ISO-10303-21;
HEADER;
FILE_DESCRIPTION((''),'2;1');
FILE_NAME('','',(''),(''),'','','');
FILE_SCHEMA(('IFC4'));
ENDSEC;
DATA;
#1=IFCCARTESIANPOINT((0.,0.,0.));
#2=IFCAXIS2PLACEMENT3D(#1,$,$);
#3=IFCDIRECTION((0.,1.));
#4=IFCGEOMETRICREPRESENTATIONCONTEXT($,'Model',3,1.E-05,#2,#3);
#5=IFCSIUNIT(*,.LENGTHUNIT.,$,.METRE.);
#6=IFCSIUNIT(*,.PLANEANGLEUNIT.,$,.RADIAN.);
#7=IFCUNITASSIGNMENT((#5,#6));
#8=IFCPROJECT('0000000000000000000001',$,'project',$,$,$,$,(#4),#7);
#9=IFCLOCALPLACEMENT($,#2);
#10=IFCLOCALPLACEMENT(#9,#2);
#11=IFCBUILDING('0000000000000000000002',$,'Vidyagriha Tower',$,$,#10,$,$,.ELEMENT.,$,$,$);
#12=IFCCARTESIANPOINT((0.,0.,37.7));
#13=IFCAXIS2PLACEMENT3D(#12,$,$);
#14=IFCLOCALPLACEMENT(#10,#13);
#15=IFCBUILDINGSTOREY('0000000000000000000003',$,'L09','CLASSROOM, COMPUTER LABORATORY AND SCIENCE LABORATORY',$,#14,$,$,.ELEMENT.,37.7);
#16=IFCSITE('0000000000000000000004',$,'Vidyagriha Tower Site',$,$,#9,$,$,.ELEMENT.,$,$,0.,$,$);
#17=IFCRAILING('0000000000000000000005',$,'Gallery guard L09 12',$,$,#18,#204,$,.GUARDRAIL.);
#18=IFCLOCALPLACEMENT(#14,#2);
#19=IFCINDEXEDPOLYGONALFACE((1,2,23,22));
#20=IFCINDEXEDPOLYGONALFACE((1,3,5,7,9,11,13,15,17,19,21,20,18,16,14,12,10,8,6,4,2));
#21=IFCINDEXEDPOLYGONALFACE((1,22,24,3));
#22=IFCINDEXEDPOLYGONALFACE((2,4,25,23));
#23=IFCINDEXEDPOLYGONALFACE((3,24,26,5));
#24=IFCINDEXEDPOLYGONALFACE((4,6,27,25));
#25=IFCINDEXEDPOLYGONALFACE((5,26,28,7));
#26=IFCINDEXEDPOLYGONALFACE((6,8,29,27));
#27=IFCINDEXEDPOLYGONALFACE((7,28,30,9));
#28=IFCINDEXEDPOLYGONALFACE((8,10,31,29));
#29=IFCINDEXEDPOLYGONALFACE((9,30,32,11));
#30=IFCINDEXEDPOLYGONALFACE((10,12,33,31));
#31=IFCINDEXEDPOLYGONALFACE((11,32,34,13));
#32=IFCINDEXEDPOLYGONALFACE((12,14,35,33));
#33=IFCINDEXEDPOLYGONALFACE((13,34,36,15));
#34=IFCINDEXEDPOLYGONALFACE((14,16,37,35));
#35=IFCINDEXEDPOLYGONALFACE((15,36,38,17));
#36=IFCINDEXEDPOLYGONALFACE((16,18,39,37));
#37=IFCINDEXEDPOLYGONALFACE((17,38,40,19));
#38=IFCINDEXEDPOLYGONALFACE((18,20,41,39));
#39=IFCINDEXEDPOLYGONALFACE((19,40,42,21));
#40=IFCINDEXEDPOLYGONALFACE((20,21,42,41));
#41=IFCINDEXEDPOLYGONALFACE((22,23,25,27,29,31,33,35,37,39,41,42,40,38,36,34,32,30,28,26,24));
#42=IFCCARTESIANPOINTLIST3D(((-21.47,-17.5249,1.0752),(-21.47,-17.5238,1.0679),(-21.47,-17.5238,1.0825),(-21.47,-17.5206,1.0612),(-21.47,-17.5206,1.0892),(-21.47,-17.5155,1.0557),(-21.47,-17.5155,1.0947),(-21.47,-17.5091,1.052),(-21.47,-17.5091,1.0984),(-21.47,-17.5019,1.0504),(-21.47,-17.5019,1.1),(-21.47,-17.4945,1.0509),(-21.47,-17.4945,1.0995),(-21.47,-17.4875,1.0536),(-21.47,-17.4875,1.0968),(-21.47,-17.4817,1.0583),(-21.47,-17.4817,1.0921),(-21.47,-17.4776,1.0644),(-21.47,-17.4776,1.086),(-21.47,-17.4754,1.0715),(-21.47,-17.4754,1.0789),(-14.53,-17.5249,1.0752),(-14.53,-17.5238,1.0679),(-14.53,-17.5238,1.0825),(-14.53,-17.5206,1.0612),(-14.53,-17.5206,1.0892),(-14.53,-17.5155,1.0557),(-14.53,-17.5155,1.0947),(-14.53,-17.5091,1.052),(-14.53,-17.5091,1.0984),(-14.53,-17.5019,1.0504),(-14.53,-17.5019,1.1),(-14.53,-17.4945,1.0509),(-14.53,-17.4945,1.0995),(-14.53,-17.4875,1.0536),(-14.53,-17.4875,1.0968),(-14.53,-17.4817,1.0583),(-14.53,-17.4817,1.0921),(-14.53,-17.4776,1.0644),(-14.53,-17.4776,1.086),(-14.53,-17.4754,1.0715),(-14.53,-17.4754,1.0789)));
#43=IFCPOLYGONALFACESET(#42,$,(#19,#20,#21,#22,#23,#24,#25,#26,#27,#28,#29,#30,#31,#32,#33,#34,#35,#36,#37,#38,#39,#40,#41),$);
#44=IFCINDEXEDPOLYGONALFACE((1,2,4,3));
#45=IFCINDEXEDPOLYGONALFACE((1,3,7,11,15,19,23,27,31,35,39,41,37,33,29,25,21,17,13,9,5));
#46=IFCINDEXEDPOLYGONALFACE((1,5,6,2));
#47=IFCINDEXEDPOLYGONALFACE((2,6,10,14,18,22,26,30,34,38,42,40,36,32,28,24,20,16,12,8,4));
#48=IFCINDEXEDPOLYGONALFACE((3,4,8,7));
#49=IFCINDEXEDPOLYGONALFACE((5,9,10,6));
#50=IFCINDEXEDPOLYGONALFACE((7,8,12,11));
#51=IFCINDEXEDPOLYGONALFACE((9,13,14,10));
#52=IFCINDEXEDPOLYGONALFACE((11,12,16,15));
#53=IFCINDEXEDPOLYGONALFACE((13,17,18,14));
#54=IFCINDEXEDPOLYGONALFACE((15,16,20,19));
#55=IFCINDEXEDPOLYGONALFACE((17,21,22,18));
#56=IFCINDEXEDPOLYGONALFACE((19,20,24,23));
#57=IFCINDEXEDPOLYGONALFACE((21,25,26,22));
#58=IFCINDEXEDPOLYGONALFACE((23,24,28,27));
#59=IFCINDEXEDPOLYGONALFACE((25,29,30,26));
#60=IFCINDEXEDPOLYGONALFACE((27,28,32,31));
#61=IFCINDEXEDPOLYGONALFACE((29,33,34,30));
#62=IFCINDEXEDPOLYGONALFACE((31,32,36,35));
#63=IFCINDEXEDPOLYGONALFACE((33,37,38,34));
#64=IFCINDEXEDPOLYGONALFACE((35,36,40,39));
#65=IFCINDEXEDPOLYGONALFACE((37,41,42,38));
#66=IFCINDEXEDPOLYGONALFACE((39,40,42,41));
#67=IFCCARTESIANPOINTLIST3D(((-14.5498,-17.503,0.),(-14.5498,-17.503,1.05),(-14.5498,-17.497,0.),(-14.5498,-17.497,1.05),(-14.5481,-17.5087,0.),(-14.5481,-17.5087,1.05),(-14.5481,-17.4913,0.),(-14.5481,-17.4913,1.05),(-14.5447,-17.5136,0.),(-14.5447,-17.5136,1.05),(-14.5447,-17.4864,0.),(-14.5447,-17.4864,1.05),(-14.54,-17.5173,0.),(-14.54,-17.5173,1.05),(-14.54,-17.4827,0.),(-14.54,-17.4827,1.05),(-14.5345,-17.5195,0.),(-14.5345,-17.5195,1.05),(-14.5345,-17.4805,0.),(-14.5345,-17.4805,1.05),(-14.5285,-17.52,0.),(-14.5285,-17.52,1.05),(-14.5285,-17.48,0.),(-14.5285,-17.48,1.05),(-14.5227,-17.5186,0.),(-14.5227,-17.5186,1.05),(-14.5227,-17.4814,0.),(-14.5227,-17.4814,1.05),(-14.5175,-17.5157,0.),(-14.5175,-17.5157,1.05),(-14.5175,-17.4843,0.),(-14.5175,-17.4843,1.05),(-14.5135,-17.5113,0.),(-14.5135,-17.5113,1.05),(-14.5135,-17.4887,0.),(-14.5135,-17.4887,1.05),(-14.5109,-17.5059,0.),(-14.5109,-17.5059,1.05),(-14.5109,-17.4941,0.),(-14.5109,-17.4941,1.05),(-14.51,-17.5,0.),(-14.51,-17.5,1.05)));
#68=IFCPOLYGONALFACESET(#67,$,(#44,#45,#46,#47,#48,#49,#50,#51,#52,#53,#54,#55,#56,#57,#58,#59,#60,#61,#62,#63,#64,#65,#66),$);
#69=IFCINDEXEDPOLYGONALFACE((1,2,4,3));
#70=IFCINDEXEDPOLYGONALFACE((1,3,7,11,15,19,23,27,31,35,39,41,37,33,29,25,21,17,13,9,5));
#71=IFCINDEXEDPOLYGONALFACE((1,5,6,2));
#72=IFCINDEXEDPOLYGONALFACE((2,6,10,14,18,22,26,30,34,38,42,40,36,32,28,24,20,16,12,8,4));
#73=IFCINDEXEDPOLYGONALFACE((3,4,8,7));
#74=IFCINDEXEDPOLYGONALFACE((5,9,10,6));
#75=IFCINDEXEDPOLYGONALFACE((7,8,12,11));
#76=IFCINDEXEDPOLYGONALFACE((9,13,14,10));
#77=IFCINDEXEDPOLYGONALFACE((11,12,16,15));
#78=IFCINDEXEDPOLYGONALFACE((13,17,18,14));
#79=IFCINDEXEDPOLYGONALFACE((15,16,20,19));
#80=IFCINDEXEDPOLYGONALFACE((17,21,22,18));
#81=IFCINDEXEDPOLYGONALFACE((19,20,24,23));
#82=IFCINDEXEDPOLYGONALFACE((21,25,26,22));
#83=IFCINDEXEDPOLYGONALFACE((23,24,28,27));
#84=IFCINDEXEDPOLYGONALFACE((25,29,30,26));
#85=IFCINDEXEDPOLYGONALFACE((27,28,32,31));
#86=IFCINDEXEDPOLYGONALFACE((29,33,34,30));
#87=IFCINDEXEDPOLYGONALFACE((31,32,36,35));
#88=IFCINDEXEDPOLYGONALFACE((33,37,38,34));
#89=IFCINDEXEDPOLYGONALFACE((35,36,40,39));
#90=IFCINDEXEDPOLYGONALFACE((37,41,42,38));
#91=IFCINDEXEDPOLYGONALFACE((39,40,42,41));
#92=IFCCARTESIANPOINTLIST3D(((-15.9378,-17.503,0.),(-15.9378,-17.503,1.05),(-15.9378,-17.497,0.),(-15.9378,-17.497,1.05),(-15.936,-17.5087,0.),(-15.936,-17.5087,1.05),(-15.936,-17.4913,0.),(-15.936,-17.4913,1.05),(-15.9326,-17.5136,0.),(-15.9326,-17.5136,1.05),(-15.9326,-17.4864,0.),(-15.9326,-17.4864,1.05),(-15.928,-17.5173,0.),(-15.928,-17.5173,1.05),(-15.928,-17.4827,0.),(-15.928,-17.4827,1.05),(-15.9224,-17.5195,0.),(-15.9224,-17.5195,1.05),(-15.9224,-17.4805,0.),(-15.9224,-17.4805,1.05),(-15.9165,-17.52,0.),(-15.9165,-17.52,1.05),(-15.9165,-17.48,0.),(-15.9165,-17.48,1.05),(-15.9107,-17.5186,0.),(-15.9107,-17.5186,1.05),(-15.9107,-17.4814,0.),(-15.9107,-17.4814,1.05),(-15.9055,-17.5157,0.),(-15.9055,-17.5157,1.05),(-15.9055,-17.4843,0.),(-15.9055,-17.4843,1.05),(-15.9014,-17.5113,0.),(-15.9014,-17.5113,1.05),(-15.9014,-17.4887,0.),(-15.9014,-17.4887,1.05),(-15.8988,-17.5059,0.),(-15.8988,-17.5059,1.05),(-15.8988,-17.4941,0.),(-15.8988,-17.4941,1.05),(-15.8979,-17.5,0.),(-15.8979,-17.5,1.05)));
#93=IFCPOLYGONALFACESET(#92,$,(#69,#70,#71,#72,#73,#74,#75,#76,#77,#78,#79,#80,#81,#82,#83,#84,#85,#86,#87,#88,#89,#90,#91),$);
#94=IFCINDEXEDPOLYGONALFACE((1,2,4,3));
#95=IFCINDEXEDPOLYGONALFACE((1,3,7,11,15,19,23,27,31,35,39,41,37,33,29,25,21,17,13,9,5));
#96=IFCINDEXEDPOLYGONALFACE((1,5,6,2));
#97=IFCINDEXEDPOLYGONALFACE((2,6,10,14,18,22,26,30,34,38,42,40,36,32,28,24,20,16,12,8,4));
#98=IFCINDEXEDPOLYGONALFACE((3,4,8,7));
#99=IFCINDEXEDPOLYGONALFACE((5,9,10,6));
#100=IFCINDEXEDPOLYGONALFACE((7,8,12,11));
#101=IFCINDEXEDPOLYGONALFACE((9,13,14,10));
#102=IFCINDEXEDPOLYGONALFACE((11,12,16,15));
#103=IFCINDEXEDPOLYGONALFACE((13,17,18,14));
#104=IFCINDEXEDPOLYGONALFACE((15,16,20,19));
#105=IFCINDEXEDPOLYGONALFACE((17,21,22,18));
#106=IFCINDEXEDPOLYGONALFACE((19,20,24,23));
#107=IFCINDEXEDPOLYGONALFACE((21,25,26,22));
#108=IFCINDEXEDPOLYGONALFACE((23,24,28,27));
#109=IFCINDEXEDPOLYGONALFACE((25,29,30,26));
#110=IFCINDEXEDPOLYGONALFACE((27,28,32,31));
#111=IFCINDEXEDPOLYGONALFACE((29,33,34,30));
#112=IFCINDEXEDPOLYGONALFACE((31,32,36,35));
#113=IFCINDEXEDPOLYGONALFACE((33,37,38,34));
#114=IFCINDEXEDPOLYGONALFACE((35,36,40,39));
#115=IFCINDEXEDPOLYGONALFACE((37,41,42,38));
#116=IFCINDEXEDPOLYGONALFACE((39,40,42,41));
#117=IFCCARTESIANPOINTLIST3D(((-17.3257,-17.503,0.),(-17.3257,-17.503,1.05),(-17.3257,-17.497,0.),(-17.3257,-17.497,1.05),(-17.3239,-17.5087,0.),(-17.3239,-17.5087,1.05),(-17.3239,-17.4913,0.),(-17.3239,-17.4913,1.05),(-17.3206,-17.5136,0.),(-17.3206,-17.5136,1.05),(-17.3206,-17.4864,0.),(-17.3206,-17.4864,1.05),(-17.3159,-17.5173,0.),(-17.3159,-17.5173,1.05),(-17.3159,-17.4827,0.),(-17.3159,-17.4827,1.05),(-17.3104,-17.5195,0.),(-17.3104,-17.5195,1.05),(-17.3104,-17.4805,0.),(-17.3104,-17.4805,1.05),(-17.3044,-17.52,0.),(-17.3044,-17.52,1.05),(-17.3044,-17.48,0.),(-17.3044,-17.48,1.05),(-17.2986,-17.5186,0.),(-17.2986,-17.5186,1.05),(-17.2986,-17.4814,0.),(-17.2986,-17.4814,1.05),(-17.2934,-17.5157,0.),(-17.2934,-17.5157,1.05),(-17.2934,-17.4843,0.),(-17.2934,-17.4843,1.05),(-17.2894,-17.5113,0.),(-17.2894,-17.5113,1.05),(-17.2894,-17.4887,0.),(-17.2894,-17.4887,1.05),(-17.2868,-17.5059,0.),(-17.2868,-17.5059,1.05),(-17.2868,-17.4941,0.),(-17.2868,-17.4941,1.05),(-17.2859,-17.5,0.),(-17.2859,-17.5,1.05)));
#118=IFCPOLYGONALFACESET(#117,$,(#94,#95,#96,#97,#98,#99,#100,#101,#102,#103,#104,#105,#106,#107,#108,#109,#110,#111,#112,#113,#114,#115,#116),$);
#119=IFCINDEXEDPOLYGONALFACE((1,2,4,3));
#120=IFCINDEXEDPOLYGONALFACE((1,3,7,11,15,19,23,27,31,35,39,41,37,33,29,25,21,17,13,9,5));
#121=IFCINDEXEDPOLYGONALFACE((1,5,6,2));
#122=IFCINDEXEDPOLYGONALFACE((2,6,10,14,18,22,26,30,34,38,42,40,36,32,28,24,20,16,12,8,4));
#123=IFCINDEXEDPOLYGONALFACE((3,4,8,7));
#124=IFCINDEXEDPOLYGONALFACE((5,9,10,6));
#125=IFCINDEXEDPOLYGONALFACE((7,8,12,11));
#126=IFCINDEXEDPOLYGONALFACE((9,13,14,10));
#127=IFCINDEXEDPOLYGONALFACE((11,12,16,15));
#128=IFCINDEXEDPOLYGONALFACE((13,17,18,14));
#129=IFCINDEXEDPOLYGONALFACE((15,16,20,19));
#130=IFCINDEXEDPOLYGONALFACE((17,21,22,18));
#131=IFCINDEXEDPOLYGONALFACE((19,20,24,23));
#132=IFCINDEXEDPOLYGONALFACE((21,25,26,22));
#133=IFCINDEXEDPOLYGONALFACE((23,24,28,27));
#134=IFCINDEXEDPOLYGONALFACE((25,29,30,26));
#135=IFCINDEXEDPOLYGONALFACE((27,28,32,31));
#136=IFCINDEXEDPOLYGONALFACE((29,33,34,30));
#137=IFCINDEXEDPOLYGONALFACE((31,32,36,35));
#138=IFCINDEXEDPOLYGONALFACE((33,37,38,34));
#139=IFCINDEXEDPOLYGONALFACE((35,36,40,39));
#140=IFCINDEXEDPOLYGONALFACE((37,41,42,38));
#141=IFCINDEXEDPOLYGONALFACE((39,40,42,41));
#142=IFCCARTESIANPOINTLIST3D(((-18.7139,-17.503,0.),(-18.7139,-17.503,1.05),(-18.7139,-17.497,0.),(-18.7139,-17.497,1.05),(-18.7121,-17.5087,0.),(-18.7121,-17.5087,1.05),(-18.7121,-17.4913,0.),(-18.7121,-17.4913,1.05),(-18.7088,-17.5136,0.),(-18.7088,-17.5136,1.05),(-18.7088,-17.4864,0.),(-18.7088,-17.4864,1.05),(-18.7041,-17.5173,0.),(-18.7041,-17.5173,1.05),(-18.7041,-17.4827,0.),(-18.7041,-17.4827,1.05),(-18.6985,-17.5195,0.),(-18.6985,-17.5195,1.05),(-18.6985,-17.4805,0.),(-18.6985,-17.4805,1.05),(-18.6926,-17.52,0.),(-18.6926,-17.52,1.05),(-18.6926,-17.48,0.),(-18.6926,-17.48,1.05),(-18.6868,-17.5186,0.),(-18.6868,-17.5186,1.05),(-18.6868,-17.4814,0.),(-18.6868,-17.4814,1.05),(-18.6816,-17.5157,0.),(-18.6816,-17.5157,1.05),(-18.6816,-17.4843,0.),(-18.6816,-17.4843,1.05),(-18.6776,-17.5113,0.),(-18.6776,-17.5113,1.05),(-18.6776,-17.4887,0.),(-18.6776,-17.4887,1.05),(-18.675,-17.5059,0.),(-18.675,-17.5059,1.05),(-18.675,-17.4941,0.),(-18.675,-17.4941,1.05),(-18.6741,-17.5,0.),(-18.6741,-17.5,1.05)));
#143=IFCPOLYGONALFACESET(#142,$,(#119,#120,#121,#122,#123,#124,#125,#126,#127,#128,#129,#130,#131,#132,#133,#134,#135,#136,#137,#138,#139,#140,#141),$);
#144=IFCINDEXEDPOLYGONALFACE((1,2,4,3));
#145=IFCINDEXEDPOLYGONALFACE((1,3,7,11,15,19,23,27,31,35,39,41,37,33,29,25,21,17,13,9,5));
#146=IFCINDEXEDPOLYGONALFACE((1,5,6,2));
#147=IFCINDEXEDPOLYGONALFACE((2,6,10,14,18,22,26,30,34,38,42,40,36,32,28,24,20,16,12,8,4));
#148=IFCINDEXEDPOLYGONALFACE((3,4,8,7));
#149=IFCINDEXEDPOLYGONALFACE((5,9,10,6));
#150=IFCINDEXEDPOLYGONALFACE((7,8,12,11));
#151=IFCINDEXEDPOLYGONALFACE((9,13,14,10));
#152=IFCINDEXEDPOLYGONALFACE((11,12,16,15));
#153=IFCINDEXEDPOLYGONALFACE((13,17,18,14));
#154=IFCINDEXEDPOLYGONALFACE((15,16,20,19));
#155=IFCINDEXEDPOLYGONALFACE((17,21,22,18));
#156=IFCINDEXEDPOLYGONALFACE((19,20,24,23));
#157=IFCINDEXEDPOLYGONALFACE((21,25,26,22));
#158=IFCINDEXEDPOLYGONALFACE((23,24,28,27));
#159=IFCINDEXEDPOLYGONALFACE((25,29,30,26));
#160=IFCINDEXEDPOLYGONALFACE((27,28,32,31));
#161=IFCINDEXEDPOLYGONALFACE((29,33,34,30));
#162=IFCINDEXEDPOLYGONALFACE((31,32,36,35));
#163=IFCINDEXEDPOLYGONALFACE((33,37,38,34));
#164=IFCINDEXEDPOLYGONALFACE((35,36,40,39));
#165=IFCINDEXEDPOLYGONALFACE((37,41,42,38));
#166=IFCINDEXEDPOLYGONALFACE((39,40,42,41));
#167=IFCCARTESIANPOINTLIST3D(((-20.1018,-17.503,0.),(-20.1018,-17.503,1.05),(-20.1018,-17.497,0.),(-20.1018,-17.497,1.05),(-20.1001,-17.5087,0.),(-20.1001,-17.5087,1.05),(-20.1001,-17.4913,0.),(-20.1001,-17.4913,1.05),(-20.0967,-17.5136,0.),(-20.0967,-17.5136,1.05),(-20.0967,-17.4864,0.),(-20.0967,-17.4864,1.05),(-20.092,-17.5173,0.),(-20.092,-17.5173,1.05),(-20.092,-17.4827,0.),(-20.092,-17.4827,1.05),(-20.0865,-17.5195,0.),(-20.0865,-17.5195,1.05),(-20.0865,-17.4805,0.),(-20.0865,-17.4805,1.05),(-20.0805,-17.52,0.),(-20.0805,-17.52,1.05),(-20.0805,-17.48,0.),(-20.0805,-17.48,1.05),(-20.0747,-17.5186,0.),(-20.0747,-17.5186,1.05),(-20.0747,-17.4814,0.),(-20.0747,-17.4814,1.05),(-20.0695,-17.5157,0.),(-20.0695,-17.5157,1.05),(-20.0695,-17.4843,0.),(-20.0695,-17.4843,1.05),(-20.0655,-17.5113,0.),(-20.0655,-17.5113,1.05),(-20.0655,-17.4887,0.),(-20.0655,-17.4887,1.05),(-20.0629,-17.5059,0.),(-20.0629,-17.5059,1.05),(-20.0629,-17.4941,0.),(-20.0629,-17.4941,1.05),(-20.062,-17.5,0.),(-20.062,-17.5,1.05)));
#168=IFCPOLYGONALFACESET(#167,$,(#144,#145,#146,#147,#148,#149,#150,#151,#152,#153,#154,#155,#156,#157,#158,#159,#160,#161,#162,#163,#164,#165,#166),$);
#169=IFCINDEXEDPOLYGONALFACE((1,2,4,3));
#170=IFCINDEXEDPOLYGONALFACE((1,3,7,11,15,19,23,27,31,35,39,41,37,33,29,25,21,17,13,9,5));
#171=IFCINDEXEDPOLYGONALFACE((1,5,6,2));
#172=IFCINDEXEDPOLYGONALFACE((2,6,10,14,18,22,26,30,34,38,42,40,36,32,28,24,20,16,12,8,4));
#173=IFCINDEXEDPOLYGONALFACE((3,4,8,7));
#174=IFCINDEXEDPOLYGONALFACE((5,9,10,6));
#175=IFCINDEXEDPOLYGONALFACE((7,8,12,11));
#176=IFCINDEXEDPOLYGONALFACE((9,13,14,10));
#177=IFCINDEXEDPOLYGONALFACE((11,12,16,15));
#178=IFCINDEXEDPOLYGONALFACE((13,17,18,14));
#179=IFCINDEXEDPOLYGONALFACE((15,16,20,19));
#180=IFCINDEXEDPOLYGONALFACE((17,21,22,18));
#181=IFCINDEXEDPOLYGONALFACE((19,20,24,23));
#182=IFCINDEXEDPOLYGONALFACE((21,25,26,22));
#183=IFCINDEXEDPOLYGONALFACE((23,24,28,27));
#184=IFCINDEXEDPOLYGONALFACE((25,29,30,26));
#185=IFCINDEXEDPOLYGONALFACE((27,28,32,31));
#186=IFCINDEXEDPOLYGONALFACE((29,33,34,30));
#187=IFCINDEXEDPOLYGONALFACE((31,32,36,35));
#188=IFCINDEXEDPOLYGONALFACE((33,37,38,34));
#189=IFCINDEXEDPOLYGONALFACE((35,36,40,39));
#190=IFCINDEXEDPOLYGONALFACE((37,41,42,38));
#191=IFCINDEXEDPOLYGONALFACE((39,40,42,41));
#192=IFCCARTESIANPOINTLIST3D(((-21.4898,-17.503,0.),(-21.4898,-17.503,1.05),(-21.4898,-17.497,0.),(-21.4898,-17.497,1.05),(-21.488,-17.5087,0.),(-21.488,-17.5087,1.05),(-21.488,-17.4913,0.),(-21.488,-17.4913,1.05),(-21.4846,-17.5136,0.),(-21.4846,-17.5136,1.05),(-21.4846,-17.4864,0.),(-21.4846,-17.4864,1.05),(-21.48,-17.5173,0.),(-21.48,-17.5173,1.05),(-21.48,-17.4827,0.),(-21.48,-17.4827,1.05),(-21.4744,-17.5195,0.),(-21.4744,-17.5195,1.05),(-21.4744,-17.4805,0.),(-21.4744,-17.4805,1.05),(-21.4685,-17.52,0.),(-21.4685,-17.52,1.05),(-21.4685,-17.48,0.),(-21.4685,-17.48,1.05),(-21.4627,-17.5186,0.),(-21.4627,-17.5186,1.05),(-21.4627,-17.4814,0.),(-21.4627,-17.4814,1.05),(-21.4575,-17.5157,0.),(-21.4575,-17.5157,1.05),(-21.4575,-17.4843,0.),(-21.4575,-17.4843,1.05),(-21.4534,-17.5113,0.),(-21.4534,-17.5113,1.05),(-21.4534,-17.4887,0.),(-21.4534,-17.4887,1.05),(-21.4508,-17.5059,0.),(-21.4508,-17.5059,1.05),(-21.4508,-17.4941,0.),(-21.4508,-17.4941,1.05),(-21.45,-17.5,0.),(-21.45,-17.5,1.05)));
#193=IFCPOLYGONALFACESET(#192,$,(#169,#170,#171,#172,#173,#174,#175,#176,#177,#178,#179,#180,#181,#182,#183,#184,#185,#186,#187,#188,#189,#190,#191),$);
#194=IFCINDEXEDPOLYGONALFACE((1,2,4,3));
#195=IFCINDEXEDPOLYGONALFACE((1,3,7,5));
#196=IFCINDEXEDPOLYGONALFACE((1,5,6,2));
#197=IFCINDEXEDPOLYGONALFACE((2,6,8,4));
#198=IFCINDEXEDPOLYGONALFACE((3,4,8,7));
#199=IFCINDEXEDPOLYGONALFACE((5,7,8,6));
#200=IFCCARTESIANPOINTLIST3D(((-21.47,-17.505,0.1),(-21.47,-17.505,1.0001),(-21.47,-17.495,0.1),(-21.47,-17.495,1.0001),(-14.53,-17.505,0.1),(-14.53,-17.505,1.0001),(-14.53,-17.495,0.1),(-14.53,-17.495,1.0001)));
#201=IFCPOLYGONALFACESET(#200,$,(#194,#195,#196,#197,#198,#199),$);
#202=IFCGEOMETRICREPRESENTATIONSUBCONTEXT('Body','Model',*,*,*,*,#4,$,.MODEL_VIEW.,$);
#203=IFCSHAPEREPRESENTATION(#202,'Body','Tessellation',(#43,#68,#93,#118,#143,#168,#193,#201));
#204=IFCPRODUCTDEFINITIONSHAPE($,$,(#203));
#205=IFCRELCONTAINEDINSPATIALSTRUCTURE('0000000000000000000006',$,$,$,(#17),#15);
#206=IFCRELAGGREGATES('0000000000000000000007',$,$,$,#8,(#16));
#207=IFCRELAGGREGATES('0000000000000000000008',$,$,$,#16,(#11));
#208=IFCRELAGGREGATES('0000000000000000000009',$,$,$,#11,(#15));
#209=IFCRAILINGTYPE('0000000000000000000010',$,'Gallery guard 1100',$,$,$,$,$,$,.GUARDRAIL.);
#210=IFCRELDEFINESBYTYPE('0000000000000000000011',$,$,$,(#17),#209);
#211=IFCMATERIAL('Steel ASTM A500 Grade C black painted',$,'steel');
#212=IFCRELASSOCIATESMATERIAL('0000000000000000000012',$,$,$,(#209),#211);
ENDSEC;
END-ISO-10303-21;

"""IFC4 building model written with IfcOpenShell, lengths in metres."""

from ifc_helpers import new_model, si_unit, direction, frame, origin, origin_2d, place, context, subcontext, project, spatial, rectangle, circle, extrude, material, type_object, element, save


model = new_model("IFC4")

# Units and contexts
model_context = context("Model", 3, precision=1e-05, world=origin(), true_north=direction((0.0, 1.0)))
body_context = subcontext(model_context, "Body", "Model", "MODEL_VIEW")
ifc_project = project(units=[si_unit("LENGTHUNIT", "METRE"), si_unit("PLANEANGLEUNIT", "RADIAN")], contexts=[model_context])

# Site, building, storey
site_placement = place(None, origin())
site = spatial("IfcSite", under=ifc_project, at=site_placement, Name="Vidyagriha Tower Site", CompositionType="ELEMENT", RefElevation=0.0)
building_placement = place(site_placement, origin())
building = spatial("IfcBuilding", under=site, at=building_placement, Name="Vidyagriha Tower", CompositionType="ELEMENT")
storey_placement = place(building_placement, frame((0.0, 0.0, 37.7)))
storey = spatial("IfcBuildingStorey", under=building, at=storey_placement, Name="L09", Description="CLASSROOM, COMPUTER LABORATORY AND SCIENCE LABORATORY", CompositionType="ELEMENT", Elevation=37.7)

# Railing
ifc_material_1 = material(Name="Steel ASTM A500 Grade C black painted", Category="steel")
railing_type = type_object("IfcRailingType", Name="Gallery guard 1100", PredefinedType="GUARDRAIL", material=ifc_material_1)
for number, where, name in (
    (1, (-14.53, -17.5, 0.0), "Gallery guard L09 12"),
):
    element("IfcRailing", number, at=place(storey_placement, frame(where)), inside=storey, type_object=railing_type, Name=name, PredefinedType="GUARDRAIL", context=body_context, shape_type="SweptSolid", body=[
        extrude(circle(Radius=0.0249, at=origin_2d()), frame((0.0, 0.0, 1.0752), z_axis=(-1.0, 0.0, 0.0), x_axis=(0.0, -1.0, 0.0)), (0.0, 0.0, 1.0), 6.9399),
        extrude(circle(Radius=0.02, at=origin_2d()), origin(), (0.0, 0.0, 1.0), 1.05),
        extrude(circle(Radius=0.02, at=origin_2d()), frame((-1.3879, 0.0, 0.0)), (0.0, 0.0, 1.0), 1.05),
        extrude(circle(Radius=0.02, at=origin_2d()), frame((-2.7759, 0.0, 0.0)), (0.0, 0.0, 1.0), 1.05),
        extrude(circle(Radius=0.02, at=origin_2d()), frame((-4.1641, 0.0, 0.0)), (0.0, 0.0, 1.0), 1.05),
        extrude(circle(Radius=0.02, at=origin_2d()), frame((-5.552, 0.0, 0.0)), (0.0, 0.0, 1.0), 1.05),
        extrude(circle(Radius=0.02, at=origin_2d()), frame((-6.9399, 0.0, 0.0)), (0.0, 0.0, 1.0), 1.05),
        extrude(rectangle(XDim=0.01, YDim=0.9001, at=origin_2d()), frame((0.0, 0.0, 0.55), z_axis=(-1.0, 0.0, 0.0), x_axis=(0.0, -1.0, 0.0)), (0.0, 0.0, 1.0), 6.9399),
    ])

save(model, "model.ifc")
